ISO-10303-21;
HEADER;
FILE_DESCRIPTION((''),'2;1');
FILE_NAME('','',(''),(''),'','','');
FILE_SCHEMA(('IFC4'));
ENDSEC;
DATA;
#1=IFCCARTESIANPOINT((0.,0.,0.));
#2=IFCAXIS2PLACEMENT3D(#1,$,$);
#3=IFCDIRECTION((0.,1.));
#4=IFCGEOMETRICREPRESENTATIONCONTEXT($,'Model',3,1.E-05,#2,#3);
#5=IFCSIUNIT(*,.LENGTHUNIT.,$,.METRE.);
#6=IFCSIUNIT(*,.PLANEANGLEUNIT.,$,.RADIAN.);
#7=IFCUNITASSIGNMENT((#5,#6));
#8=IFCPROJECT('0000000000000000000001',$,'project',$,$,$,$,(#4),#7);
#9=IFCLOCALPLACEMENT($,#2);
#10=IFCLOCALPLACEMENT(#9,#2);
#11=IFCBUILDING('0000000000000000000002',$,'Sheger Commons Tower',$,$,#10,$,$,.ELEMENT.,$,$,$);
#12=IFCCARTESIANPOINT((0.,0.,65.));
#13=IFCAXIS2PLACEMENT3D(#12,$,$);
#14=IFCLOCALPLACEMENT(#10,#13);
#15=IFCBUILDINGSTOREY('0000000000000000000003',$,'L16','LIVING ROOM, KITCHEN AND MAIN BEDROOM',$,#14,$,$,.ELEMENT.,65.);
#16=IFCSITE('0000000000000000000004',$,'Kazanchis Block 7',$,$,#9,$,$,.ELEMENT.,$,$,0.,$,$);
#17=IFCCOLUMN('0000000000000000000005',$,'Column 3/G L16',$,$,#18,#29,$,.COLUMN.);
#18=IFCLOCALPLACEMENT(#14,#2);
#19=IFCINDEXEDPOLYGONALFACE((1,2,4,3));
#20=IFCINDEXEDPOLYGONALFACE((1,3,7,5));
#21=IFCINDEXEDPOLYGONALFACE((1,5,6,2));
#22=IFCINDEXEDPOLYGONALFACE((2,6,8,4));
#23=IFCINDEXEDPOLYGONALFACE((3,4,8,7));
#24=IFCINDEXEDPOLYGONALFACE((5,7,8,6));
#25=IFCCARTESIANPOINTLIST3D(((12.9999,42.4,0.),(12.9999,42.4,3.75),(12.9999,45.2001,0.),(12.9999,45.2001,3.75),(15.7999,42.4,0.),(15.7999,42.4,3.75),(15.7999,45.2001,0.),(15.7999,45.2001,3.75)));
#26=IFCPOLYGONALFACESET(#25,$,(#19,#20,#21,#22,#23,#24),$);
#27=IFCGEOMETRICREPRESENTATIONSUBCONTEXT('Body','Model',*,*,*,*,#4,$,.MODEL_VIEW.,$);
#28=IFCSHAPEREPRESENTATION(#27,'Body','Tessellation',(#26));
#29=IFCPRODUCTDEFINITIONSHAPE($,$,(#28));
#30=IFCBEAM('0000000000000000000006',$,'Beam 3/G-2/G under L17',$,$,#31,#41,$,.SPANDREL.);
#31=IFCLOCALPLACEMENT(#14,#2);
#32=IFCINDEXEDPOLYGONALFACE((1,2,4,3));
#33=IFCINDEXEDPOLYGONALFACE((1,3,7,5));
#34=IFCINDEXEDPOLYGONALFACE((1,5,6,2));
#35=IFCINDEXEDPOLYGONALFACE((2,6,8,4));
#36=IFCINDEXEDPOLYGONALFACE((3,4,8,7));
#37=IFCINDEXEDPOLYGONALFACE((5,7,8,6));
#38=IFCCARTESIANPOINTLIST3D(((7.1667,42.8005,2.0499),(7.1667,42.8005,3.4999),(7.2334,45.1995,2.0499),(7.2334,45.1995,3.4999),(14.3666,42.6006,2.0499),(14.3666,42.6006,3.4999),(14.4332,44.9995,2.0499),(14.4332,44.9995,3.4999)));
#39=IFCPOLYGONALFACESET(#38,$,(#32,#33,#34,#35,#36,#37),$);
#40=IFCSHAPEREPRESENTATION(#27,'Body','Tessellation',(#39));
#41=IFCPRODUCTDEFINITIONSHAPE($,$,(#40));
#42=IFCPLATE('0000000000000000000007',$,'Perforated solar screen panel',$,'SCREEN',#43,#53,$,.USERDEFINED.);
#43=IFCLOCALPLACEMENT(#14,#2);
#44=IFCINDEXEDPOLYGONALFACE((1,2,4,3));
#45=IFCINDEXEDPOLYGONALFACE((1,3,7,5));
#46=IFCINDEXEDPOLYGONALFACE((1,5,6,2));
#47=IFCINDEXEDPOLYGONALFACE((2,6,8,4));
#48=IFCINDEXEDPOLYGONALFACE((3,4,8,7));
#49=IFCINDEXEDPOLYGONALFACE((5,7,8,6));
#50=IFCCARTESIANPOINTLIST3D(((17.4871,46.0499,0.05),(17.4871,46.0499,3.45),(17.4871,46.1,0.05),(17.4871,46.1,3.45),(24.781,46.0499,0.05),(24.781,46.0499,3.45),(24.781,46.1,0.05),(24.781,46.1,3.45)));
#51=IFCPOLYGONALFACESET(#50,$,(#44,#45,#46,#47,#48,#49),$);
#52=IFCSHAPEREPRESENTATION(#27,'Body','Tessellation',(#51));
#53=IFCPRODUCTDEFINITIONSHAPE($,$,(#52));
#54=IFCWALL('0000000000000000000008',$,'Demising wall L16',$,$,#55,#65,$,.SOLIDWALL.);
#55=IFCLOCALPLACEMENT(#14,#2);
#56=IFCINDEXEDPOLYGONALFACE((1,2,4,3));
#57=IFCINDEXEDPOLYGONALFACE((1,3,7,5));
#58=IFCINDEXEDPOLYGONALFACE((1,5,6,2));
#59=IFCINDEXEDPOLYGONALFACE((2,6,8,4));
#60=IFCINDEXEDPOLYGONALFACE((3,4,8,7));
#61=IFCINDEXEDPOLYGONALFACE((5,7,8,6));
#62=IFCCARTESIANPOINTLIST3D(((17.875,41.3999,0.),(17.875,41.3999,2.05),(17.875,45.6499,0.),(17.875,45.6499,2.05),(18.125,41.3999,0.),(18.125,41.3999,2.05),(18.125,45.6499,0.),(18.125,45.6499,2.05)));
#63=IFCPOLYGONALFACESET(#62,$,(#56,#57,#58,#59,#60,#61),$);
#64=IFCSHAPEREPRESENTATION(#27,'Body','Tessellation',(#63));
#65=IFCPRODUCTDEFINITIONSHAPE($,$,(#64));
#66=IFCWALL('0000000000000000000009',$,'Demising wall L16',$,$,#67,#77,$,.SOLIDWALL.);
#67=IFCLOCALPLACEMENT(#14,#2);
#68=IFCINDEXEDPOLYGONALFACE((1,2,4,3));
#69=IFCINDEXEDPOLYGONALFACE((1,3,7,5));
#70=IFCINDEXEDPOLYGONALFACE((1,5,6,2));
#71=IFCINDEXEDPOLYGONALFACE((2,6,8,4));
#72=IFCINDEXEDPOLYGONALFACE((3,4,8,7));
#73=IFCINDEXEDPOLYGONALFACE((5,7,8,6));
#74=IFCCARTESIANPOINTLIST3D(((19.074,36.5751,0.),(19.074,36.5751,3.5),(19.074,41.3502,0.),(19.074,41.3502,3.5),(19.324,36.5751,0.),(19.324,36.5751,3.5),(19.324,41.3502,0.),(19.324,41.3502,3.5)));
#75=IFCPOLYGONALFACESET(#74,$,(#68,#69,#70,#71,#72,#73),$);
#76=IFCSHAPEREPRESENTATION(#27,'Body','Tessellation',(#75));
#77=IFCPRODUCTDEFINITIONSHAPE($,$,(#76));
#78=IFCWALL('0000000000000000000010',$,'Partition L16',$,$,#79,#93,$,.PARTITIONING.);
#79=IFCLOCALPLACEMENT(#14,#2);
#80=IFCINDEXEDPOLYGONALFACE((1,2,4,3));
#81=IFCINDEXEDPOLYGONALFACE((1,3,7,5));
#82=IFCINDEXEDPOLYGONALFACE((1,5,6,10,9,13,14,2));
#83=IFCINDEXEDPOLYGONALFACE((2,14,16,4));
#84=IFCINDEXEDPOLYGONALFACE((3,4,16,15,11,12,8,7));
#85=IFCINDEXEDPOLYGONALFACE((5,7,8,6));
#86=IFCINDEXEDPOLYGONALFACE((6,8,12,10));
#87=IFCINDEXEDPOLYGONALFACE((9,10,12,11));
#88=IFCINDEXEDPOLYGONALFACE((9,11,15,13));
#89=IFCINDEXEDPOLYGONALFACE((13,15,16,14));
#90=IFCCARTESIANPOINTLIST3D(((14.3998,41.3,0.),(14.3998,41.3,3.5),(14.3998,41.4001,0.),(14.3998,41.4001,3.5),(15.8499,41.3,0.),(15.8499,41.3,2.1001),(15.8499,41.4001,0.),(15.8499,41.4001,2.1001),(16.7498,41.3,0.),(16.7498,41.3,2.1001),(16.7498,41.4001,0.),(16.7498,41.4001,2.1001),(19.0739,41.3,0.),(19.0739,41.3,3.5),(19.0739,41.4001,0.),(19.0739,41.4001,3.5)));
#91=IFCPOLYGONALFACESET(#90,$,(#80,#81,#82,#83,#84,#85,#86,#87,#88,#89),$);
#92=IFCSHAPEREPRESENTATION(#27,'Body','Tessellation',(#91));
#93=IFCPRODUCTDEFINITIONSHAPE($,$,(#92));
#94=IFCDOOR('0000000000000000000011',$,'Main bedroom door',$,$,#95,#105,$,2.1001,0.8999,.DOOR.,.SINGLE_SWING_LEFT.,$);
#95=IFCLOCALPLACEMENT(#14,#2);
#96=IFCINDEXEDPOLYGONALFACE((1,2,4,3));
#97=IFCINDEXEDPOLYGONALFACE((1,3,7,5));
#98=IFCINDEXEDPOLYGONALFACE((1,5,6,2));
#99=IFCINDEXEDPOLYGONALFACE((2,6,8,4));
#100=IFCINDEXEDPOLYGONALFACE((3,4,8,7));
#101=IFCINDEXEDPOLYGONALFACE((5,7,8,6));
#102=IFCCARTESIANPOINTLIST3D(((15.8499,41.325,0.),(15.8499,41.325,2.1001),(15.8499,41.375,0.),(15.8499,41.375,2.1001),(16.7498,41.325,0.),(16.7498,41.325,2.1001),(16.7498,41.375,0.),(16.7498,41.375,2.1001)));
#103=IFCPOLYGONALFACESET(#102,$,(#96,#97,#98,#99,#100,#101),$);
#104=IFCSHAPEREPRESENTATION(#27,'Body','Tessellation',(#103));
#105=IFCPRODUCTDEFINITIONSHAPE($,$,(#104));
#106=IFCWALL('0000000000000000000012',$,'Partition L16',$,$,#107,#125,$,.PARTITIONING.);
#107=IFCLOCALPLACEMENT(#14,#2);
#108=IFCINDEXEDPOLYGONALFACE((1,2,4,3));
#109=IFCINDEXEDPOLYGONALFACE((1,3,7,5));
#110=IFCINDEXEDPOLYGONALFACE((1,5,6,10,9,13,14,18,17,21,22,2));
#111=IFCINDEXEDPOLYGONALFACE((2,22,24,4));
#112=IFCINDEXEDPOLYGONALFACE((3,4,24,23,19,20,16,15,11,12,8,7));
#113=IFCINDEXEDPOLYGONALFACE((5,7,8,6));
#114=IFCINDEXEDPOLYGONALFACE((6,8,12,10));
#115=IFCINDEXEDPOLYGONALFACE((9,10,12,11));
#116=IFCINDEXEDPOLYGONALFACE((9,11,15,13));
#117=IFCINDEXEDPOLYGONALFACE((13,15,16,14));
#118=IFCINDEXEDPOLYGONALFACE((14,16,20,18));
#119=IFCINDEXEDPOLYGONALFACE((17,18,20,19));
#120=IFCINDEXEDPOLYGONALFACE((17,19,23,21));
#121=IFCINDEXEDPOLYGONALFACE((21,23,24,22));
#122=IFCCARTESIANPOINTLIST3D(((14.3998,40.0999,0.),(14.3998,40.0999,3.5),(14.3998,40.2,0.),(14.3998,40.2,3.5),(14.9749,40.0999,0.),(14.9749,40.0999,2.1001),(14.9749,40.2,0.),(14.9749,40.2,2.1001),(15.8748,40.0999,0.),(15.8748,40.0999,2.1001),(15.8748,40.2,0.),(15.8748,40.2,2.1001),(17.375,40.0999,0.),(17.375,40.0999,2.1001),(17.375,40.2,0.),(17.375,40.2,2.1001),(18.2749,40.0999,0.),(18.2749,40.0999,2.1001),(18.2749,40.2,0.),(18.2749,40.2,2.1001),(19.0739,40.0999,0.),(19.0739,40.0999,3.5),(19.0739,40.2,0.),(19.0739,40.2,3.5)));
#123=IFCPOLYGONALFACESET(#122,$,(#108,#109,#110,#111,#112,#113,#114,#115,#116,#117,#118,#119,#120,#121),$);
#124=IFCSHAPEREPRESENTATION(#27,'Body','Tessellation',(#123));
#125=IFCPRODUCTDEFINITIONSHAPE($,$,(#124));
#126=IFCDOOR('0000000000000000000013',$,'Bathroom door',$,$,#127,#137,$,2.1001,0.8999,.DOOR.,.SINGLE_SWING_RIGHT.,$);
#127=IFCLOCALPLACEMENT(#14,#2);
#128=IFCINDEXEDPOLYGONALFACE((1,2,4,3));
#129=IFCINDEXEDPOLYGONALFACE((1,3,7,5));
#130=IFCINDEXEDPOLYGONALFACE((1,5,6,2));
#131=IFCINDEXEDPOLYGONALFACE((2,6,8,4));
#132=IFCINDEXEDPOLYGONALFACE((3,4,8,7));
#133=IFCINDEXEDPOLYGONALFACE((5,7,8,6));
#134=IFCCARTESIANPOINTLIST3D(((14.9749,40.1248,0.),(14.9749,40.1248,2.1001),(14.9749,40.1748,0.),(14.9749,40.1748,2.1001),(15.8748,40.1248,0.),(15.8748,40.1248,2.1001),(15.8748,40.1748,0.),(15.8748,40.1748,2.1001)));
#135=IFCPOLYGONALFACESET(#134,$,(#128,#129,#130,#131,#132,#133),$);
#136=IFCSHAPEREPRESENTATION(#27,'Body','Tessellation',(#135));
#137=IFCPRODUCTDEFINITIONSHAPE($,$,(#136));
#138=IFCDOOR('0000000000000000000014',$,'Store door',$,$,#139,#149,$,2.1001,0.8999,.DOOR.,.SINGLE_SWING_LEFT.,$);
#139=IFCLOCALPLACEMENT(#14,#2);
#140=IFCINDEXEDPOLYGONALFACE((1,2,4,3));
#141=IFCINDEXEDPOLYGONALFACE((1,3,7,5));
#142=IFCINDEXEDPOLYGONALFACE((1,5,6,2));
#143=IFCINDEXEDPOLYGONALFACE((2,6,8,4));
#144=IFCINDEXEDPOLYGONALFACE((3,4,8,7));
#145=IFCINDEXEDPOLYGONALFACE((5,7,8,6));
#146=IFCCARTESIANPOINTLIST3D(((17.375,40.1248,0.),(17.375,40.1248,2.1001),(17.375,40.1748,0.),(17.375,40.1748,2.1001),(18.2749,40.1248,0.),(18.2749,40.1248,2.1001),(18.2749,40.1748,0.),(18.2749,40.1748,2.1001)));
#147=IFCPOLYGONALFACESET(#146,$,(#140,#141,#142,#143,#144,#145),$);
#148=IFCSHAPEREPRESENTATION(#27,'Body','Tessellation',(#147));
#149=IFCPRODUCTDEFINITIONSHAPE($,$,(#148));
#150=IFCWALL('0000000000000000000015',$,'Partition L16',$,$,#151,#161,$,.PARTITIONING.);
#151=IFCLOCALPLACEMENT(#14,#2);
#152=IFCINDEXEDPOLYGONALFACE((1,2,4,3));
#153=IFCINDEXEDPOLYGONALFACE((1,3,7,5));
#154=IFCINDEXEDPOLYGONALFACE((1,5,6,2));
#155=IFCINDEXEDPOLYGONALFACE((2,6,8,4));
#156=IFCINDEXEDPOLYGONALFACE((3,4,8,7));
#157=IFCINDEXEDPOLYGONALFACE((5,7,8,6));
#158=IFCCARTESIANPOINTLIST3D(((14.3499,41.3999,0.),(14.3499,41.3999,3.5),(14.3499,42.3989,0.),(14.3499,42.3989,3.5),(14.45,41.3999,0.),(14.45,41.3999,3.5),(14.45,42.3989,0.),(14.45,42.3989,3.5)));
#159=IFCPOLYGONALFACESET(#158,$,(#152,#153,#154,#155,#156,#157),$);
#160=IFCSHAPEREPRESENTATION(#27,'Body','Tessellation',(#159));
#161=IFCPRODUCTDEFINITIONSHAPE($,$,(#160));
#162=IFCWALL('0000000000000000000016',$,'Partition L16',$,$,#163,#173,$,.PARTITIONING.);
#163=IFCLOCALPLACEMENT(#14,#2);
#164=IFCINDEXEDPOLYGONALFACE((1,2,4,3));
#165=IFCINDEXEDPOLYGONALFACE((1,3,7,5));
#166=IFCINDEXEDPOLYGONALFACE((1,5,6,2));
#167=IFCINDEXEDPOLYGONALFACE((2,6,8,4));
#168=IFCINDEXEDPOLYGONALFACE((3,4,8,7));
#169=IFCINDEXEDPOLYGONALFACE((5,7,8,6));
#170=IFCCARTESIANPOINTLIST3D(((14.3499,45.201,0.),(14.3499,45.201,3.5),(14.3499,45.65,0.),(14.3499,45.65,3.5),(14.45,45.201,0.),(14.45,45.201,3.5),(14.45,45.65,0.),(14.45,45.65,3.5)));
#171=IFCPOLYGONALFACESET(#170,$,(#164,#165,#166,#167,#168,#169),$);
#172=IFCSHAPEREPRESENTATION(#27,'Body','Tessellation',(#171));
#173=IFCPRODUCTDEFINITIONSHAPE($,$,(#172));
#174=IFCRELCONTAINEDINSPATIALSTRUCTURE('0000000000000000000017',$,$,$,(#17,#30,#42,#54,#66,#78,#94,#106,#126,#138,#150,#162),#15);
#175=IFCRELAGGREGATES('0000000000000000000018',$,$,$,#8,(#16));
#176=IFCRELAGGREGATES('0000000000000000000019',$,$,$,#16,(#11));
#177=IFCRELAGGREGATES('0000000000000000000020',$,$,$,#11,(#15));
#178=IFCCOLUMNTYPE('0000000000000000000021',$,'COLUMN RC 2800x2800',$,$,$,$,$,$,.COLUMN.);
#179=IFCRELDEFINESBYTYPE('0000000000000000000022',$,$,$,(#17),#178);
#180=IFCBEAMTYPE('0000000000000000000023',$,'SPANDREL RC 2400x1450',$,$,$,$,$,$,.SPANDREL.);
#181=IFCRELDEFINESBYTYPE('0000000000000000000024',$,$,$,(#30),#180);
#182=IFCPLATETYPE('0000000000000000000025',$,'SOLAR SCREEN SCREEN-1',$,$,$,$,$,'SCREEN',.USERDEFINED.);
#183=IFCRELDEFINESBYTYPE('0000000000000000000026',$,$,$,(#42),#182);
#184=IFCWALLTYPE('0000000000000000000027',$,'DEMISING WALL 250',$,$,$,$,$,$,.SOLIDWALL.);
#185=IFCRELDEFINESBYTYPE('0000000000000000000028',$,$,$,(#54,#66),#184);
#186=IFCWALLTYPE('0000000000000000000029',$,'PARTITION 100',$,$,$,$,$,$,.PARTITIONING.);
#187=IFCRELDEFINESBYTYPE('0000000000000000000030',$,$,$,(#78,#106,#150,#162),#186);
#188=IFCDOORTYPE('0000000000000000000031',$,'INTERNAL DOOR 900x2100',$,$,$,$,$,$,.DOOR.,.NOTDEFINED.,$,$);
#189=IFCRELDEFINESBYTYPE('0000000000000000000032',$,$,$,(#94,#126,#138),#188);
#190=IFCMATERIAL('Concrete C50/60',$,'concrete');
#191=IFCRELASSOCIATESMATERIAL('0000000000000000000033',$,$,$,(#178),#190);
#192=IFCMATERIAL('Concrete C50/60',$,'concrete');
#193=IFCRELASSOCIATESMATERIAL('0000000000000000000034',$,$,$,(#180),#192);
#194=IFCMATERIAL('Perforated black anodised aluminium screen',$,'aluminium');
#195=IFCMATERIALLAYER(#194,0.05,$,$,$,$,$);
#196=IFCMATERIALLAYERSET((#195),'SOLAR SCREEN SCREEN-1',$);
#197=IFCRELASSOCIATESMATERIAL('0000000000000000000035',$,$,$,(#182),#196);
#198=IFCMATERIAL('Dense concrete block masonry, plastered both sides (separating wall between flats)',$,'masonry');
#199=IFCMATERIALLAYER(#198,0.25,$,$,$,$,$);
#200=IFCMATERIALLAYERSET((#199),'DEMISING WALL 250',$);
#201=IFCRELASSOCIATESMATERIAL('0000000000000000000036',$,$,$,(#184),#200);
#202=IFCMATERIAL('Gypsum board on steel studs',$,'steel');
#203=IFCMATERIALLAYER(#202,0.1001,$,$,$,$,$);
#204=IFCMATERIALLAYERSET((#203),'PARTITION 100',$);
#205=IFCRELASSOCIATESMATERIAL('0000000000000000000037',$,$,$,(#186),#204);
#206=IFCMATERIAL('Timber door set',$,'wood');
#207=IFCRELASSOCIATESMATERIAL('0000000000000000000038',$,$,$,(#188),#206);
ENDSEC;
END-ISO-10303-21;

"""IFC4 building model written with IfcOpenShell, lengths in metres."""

from ifc_helpers import new_model, si_unit, direction, frame, frame_2d, origin, origin_2d, place, context, subcontext, project, spatial, rectangle, extrude, material, layer, layer_set, material_profile, profile_set, type_object, element, fill, save


model = new_model("IFC4")

# Units and contexts
model_context = context("Model", 3, precision=1e-05, world=origin(), true_north=direction((0.0, 1.0)))
body_context = subcontext(model_context, "Body", "Model", "MODEL_VIEW")
ifc_project = project(units=[si_unit("LENGTHUNIT", "METRE"), si_unit("PLANEANGLEUNIT", "RADIAN")], contexts=[model_context])

# Site, building, storey
site_placement = place(None, origin())
site = spatial("IfcSite", under=ifc_project, at=site_placement, Name="Kazanchis Block 7", CompositionType="ELEMENT", RefElevation=0.0)
building_placement = place(site_placement, origin())
building = spatial("IfcBuilding", under=site, at=building_placement, Name="Sheger Commons Tower", CompositionType="ELEMENT")
storey_placement = place(building_placement, frame((0.0, 0.0, 65.0)))
storey = spatial("IfcBuildingStorey", under=building, at=storey_placement, Name="L16", Description="LIVING ROOM, KITCHEN AND MAIN BEDROOM", CompositionType="ELEMENT", Elevation=65.0)

# Column
ifc_material_1 = material(Name="Concrete C50/60", Category="concrete")
ifc_material_profile_1 = material_profile(ifc_material_1, rectangle(XDim=2.8, YDim=2.8, at=origin_2d()), Name="RC 2800x2800")
ifc_profile_set_1 = profile_set([ifc_material_profile_1], Name="Concrete C50/60")
column_type = type_object("IfcColumnType", Name="COLUMN RC 2800x2800", PredefinedType="COLUMN", material=ifc_profile_set_1)
column_placement = place(storey_placement, frame((14.3999, 43.8, 0.0), z_axis=(0.0, 0.0, 1.0), x_axis=(1.0, 0.0, 0.0)))
element("IfcColumn", 1, at=column_placement, inside=storey, type_object=column_type, Name="Column 3/G L16", PredefinedType="COLUMN", context=body_context, shape_type="SweptSolid", body=[
    extrude(rectangle(XDim=2.8, YDim=2.8, at=origin_2d()), origin(), (0.0, 0.0, 1.0), 3.75),
])

# Beam
ifc_material_2 = material(Name="Concrete C50/60", Category="concrete")
ifc_material_profile_2 = material_profile(ifc_material_2, rectangle(XDim=2.3999, YDim=1.45, at=origin_2d()), Name="RC 2400x1450")
ifc_profile_set_2 = profile_set([ifc_material_profile_2], Name="Concrete C50/60")
beam_type = type_object("IfcBeamType", Name="SPANDREL RC 2400x1450", PredefinedType="SPANDREL", material=ifc_profile_set_2)
beam_placement = place(storey_placement, frame((14.3999, 43.8, 2.7749), z_axis=(-0.999615, 0.02776, 0.0), x_axis=(-0.02776, -0.999615, 0.0)))
element("IfcBeam", 2, at=beam_placement, inside=storey, type_object=beam_type, Name="Beam 3/G-2/G under L17", PredefinedType="SPANDREL", context=body_context, shape_type="SweptSolid", body=[
    extrude(rectangle(XDim=2.3999, YDim=1.45, at=origin_2d()), origin(), (0.0, 0.0, 1.0), 7.2026),
])

# Plate
ifc_material_3 = material(Name="Perforated black anodised aluminium screen", Category="aluminium")
ifc_layer_1 = layer(ifc_material_3, 0.05)
ifc_layer_set_1 = layer_set([ifc_layer_1], Name="SOLAR SCREEN SCREEN-1")
plate_type = type_object("IfcPlateType", Name="SOLAR SCREEN SCREEN-1", ElementType="SCREEN", PredefinedType="USERDEFINED", material=ifc_layer_set_1)
plate_placement = place(storey_placement, frame((21.134, 46.075, 0.05), z_axis=(0.0, 0.0, 1.0), x_axis=(-1.0, 0.0, 0.0)))
element("IfcPlate", 3, at=plate_placement, inside=storey, type_object=plate_type, Name="Perforated solar screen panel", ObjectType="SCREEN", PredefinedType="USERDEFINED", context=body_context, shape_type="SweptSolid", body=[
    extrude(rectangle(XDim=7.2939, YDim=0.05, at=origin_2d()), origin(), (0.0, 0.0, 1.0), 3.3999),
])

# Walls
ifc_material_4 = material(Name="Dense concrete block masonry, plastered both sides (separating wall between flats)", Category="masonry")
ifc_layer_2 = layer(ifc_material_4, 0.25)
ifc_layer_set_2 = layer_set([ifc_layer_2], Name="DEMISING WALL 250")
wall_type_1 = type_object("IfcWallType", Name="DEMISING WALL 250", PredefinedType="SOLIDWALL", material=ifc_layer_set_2)
wall_1_placement = place(storey_placement, frame((18.0, 41.3999, 0.0), z_axis=(0.0, 0.0, 1.0), x_axis=(0.0, 1.0, 0.0)))
element("IfcWall", 4, at=wall_1_placement, inside=storey, type_object=wall_type_1, Name="Demising wall L16", PredefinedType="SOLIDWALL", context=body_context, shape_type="SweptSolid", body=[
    extrude(rectangle(XDim=4.25, YDim=0.25, at=frame_2d((2.125, 0.0))), origin(), (0.0, 0.0, 1.0), 2.05),
])
wall_2_placement = place(storey_placement, frame((19.199, 36.575, 0.0), z_axis=(0.0, 0.0, 1.0), x_axis=(0.0, 1.0, 0.0)))
element("IfcWall", 5, at=wall_2_placement, inside=storey, type_object=wall_type_1, Name="Demising wall L16", PredefinedType="SOLIDWALL", context=body_context, shape_type="SweptSolid", body=[
    extrude(rectangle(XDim=4.7751, YDim=0.25, at=frame_2d((2.3877, 0.0))), origin(), (0.0, 0.0, 1.0), 3.5),
])

# Wall, opening, door
ifc_material_5 = material(Name="Gypsum board on steel studs", Category="steel")
ifc_layer_3 = layer(ifc_material_5, 0.1001)
ifc_layer_set_3 = layer_set([ifc_layer_3], Name="PARTITION 100")
wall_type_2 = type_object("IfcWallType", Name="PARTITION 100", PredefinedType="PARTITIONING", material=ifc_layer_set_3)
wall_3_placement = place(storey_placement, frame((14.3999, 41.3501, 0.0), z_axis=(0.0, 0.0, 1.0), x_axis=(1.0, 0.0, 0.0)))
wall_3 = element("IfcWall", 6, at=wall_3_placement, inside=storey, type_object=wall_type_2, Name="Partition L16", PredefinedType="PARTITIONING", context=body_context, shape_type="SweptSolid", body=[
    extrude(rectangle(XDim=4.6741, YDim=0.1001, at=frame_2d((2.3369, 0.0))), origin(), (0.0, 0.0, 1.0), 3.5),
])
opening_1_placement = place(wall_3_placement, frame((1.45, 0.0, 0.0)))
opening_1 = element("IfcOpeningElement", 7, at=opening_1_placement, cuts=wall_3, PredefinedType="OPENING", context=body_context, shape_type="SweptSolid", body=[
    extrude(rectangle(XDim=0.8999, YDim=2.1001, at=frame_2d((0.45, 1.05))), frame((0.0, 0.0601, 0.0), z_axis=(0.0, -1.0, 0.0), x_axis=(1.0, 0.0, 0.0)), (0.0, 0.0, 1.0), 0.1201),
])
ifc_material_6 = material(Name="Timber door set", Category="wood")
door_type_1 = type_object("IfcDoorType", Name="INTERNAL DOOR 900x2100", OperationType="NOTDEFINED", PredefinedType="DOOR", material=ifc_material_6)
door_1_placement = place(opening_1_placement, origin())
door_1 = element("IfcDoor", 8, at=door_1_placement, inside=storey, type_object=door_type_1, Name="Main bedroom door", OperationType="SINGLE_SWING_LEFT", OverallHeight=2.1001, OverallWidth=0.8999, PredefinedType="DOOR", context=body_context, shape_type="SweptSolid", body=[
    extrude(rectangle(XDim=0.8999, YDim=2.1001, at=frame_2d((0.45, 1.05))), frame((0.0, 0.0249, 0.0), z_axis=(0.0, -1.0, 0.0), x_axis=(1.0, 0.0, 0.0)), (0.0, 0.0, 1.0), 0.05),
])
fill(opening_1, door_1)

# Wall, openings, doors
wall_4_placement = place(storey_placement, frame((14.3999, 40.1499, 0.0), z_axis=(0.0, 0.0, 1.0), x_axis=(1.0, 0.0, 0.0)))
wall_4 = element("IfcWall", 9, at=wall_4_placement, inside=storey, type_object=wall_type_2, Name="Partition L16", PredefinedType="PARTITIONING", context=body_context, shape_type="SweptSolid", body=[
    extrude(rectangle(XDim=4.6741, YDim=0.1001, at=frame_2d((2.3369, 0.0))), origin(), (0.0, 0.0, 1.0), 3.5),
])
opening_2_placement = place(wall_4_placement, frame((0.575, 0.0, 0.0)))
opening_2 = element("IfcOpeningElement", 10, at=opening_2_placement, cuts=wall_4, PredefinedType="OPENING", context=body_context, shape_type="SweptSolid", body=[
    extrude(rectangle(XDim=0.8999, YDim=2.1001, at=frame_2d((0.45, 1.05))), frame((0.0, 0.0601, 0.0), z_axis=(0.0, -1.0, 0.0), x_axis=(1.0, 0.0, 0.0)), (0.0, 0.0, 1.0), 0.1201),
])
opening_3_placement = place(wall_4_placement, frame((2.9751, 0.0, 0.0)))
opening_3 = element("IfcOpeningElement", 11, at=opening_3_placement, cuts=wall_4, PredefinedType="OPENING", context=body_context, shape_type="SweptSolid", body=[
    extrude(rectangle(XDim=0.8999, YDim=2.1001, at=frame_2d((0.45, 1.05))), frame((0.0, 0.0601, 0.0), z_axis=(0.0, -1.0, 0.0), x_axis=(1.0, 0.0, 0.0)), (0.0, 0.0, 1.0), 0.1201),
])
door_2_placement = place(opening_2_placement, origin())
door_2 = element("IfcDoor", 12, at=door_2_placement, inside=storey, type_object=door_type_1, Name="Bathroom door", OperationType="SINGLE_SWING_RIGHT", OverallHeight=2.1001, OverallWidth=0.8999, PredefinedType="DOOR", context=body_context, shape_type="SweptSolid", body=[
    extrude(rectangle(XDim=0.8999, YDim=2.1001, at=frame_2d((0.45, 1.05))), frame((0.0, 0.0249, 0.0), z_axis=(0.0, -1.0, 0.0), x_axis=(1.0, 0.0, 0.0)), (0.0, 0.0, 1.0), 0.05),
])
fill(opening_2, door_2)
door_3_placement = place(opening_3_placement, origin())
door_3 = element("IfcDoor", 13, at=door_3_placement, inside=storey, type_object=door_type_1, Name="Store door", OperationType="SINGLE_SWING_LEFT", OverallHeight=2.1001, OverallWidth=0.8999, PredefinedType="DOOR", context=body_context, shape_type="SweptSolid", body=[
    extrude(rectangle(XDim=0.8999, YDim=2.1001, at=frame_2d((0.45, 1.05))), frame((0.0, 0.0249, 0.0), z_axis=(0.0, -1.0, 0.0), x_axis=(1.0, 0.0, 0.0)), (0.0, 0.0, 1.0), 0.05),
])
fill(opening_3, door_3)

# Walls
wall_5_placement = place(storey_placement, frame((14.3999, 41.3999, 0.0), z_axis=(0.0, 0.0, 1.0), x_axis=(0.0, 1.0, 0.0)))
element("IfcWall", 14, at=wall_5_placement, inside=storey, type_object=wall_type_2, Name="Partition L16", PredefinedType="PARTITIONING", context=body_context, shape_type="SweptSolid", body=[
    extrude(rectangle(XDim=0.999, YDim=0.1001, at=frame_2d((0.4995, 0.0))), origin(), (0.0, 0.0, 1.0), 3.5),
])
wall_6_placement = place(storey_placement, frame((14.3999, 45.2009, 0.0), z_axis=(0.0, 0.0, 1.0), x_axis=(0.0, 1.0, 0.0)))
element("IfcWall", 15, at=wall_6_placement, inside=storey, type_object=wall_type_2, Name="Partition L16", PredefinedType="PARTITIONING", context=body_context, shape_type="SweptSolid", body=[
    extrude(rectangle(XDim=0.449, YDim=0.1001, at=frame_2d((0.2246, 0.0))), origin(), (0.0, 0.0, 1.0), 3.5),
])

save(model, "model.ifc")
